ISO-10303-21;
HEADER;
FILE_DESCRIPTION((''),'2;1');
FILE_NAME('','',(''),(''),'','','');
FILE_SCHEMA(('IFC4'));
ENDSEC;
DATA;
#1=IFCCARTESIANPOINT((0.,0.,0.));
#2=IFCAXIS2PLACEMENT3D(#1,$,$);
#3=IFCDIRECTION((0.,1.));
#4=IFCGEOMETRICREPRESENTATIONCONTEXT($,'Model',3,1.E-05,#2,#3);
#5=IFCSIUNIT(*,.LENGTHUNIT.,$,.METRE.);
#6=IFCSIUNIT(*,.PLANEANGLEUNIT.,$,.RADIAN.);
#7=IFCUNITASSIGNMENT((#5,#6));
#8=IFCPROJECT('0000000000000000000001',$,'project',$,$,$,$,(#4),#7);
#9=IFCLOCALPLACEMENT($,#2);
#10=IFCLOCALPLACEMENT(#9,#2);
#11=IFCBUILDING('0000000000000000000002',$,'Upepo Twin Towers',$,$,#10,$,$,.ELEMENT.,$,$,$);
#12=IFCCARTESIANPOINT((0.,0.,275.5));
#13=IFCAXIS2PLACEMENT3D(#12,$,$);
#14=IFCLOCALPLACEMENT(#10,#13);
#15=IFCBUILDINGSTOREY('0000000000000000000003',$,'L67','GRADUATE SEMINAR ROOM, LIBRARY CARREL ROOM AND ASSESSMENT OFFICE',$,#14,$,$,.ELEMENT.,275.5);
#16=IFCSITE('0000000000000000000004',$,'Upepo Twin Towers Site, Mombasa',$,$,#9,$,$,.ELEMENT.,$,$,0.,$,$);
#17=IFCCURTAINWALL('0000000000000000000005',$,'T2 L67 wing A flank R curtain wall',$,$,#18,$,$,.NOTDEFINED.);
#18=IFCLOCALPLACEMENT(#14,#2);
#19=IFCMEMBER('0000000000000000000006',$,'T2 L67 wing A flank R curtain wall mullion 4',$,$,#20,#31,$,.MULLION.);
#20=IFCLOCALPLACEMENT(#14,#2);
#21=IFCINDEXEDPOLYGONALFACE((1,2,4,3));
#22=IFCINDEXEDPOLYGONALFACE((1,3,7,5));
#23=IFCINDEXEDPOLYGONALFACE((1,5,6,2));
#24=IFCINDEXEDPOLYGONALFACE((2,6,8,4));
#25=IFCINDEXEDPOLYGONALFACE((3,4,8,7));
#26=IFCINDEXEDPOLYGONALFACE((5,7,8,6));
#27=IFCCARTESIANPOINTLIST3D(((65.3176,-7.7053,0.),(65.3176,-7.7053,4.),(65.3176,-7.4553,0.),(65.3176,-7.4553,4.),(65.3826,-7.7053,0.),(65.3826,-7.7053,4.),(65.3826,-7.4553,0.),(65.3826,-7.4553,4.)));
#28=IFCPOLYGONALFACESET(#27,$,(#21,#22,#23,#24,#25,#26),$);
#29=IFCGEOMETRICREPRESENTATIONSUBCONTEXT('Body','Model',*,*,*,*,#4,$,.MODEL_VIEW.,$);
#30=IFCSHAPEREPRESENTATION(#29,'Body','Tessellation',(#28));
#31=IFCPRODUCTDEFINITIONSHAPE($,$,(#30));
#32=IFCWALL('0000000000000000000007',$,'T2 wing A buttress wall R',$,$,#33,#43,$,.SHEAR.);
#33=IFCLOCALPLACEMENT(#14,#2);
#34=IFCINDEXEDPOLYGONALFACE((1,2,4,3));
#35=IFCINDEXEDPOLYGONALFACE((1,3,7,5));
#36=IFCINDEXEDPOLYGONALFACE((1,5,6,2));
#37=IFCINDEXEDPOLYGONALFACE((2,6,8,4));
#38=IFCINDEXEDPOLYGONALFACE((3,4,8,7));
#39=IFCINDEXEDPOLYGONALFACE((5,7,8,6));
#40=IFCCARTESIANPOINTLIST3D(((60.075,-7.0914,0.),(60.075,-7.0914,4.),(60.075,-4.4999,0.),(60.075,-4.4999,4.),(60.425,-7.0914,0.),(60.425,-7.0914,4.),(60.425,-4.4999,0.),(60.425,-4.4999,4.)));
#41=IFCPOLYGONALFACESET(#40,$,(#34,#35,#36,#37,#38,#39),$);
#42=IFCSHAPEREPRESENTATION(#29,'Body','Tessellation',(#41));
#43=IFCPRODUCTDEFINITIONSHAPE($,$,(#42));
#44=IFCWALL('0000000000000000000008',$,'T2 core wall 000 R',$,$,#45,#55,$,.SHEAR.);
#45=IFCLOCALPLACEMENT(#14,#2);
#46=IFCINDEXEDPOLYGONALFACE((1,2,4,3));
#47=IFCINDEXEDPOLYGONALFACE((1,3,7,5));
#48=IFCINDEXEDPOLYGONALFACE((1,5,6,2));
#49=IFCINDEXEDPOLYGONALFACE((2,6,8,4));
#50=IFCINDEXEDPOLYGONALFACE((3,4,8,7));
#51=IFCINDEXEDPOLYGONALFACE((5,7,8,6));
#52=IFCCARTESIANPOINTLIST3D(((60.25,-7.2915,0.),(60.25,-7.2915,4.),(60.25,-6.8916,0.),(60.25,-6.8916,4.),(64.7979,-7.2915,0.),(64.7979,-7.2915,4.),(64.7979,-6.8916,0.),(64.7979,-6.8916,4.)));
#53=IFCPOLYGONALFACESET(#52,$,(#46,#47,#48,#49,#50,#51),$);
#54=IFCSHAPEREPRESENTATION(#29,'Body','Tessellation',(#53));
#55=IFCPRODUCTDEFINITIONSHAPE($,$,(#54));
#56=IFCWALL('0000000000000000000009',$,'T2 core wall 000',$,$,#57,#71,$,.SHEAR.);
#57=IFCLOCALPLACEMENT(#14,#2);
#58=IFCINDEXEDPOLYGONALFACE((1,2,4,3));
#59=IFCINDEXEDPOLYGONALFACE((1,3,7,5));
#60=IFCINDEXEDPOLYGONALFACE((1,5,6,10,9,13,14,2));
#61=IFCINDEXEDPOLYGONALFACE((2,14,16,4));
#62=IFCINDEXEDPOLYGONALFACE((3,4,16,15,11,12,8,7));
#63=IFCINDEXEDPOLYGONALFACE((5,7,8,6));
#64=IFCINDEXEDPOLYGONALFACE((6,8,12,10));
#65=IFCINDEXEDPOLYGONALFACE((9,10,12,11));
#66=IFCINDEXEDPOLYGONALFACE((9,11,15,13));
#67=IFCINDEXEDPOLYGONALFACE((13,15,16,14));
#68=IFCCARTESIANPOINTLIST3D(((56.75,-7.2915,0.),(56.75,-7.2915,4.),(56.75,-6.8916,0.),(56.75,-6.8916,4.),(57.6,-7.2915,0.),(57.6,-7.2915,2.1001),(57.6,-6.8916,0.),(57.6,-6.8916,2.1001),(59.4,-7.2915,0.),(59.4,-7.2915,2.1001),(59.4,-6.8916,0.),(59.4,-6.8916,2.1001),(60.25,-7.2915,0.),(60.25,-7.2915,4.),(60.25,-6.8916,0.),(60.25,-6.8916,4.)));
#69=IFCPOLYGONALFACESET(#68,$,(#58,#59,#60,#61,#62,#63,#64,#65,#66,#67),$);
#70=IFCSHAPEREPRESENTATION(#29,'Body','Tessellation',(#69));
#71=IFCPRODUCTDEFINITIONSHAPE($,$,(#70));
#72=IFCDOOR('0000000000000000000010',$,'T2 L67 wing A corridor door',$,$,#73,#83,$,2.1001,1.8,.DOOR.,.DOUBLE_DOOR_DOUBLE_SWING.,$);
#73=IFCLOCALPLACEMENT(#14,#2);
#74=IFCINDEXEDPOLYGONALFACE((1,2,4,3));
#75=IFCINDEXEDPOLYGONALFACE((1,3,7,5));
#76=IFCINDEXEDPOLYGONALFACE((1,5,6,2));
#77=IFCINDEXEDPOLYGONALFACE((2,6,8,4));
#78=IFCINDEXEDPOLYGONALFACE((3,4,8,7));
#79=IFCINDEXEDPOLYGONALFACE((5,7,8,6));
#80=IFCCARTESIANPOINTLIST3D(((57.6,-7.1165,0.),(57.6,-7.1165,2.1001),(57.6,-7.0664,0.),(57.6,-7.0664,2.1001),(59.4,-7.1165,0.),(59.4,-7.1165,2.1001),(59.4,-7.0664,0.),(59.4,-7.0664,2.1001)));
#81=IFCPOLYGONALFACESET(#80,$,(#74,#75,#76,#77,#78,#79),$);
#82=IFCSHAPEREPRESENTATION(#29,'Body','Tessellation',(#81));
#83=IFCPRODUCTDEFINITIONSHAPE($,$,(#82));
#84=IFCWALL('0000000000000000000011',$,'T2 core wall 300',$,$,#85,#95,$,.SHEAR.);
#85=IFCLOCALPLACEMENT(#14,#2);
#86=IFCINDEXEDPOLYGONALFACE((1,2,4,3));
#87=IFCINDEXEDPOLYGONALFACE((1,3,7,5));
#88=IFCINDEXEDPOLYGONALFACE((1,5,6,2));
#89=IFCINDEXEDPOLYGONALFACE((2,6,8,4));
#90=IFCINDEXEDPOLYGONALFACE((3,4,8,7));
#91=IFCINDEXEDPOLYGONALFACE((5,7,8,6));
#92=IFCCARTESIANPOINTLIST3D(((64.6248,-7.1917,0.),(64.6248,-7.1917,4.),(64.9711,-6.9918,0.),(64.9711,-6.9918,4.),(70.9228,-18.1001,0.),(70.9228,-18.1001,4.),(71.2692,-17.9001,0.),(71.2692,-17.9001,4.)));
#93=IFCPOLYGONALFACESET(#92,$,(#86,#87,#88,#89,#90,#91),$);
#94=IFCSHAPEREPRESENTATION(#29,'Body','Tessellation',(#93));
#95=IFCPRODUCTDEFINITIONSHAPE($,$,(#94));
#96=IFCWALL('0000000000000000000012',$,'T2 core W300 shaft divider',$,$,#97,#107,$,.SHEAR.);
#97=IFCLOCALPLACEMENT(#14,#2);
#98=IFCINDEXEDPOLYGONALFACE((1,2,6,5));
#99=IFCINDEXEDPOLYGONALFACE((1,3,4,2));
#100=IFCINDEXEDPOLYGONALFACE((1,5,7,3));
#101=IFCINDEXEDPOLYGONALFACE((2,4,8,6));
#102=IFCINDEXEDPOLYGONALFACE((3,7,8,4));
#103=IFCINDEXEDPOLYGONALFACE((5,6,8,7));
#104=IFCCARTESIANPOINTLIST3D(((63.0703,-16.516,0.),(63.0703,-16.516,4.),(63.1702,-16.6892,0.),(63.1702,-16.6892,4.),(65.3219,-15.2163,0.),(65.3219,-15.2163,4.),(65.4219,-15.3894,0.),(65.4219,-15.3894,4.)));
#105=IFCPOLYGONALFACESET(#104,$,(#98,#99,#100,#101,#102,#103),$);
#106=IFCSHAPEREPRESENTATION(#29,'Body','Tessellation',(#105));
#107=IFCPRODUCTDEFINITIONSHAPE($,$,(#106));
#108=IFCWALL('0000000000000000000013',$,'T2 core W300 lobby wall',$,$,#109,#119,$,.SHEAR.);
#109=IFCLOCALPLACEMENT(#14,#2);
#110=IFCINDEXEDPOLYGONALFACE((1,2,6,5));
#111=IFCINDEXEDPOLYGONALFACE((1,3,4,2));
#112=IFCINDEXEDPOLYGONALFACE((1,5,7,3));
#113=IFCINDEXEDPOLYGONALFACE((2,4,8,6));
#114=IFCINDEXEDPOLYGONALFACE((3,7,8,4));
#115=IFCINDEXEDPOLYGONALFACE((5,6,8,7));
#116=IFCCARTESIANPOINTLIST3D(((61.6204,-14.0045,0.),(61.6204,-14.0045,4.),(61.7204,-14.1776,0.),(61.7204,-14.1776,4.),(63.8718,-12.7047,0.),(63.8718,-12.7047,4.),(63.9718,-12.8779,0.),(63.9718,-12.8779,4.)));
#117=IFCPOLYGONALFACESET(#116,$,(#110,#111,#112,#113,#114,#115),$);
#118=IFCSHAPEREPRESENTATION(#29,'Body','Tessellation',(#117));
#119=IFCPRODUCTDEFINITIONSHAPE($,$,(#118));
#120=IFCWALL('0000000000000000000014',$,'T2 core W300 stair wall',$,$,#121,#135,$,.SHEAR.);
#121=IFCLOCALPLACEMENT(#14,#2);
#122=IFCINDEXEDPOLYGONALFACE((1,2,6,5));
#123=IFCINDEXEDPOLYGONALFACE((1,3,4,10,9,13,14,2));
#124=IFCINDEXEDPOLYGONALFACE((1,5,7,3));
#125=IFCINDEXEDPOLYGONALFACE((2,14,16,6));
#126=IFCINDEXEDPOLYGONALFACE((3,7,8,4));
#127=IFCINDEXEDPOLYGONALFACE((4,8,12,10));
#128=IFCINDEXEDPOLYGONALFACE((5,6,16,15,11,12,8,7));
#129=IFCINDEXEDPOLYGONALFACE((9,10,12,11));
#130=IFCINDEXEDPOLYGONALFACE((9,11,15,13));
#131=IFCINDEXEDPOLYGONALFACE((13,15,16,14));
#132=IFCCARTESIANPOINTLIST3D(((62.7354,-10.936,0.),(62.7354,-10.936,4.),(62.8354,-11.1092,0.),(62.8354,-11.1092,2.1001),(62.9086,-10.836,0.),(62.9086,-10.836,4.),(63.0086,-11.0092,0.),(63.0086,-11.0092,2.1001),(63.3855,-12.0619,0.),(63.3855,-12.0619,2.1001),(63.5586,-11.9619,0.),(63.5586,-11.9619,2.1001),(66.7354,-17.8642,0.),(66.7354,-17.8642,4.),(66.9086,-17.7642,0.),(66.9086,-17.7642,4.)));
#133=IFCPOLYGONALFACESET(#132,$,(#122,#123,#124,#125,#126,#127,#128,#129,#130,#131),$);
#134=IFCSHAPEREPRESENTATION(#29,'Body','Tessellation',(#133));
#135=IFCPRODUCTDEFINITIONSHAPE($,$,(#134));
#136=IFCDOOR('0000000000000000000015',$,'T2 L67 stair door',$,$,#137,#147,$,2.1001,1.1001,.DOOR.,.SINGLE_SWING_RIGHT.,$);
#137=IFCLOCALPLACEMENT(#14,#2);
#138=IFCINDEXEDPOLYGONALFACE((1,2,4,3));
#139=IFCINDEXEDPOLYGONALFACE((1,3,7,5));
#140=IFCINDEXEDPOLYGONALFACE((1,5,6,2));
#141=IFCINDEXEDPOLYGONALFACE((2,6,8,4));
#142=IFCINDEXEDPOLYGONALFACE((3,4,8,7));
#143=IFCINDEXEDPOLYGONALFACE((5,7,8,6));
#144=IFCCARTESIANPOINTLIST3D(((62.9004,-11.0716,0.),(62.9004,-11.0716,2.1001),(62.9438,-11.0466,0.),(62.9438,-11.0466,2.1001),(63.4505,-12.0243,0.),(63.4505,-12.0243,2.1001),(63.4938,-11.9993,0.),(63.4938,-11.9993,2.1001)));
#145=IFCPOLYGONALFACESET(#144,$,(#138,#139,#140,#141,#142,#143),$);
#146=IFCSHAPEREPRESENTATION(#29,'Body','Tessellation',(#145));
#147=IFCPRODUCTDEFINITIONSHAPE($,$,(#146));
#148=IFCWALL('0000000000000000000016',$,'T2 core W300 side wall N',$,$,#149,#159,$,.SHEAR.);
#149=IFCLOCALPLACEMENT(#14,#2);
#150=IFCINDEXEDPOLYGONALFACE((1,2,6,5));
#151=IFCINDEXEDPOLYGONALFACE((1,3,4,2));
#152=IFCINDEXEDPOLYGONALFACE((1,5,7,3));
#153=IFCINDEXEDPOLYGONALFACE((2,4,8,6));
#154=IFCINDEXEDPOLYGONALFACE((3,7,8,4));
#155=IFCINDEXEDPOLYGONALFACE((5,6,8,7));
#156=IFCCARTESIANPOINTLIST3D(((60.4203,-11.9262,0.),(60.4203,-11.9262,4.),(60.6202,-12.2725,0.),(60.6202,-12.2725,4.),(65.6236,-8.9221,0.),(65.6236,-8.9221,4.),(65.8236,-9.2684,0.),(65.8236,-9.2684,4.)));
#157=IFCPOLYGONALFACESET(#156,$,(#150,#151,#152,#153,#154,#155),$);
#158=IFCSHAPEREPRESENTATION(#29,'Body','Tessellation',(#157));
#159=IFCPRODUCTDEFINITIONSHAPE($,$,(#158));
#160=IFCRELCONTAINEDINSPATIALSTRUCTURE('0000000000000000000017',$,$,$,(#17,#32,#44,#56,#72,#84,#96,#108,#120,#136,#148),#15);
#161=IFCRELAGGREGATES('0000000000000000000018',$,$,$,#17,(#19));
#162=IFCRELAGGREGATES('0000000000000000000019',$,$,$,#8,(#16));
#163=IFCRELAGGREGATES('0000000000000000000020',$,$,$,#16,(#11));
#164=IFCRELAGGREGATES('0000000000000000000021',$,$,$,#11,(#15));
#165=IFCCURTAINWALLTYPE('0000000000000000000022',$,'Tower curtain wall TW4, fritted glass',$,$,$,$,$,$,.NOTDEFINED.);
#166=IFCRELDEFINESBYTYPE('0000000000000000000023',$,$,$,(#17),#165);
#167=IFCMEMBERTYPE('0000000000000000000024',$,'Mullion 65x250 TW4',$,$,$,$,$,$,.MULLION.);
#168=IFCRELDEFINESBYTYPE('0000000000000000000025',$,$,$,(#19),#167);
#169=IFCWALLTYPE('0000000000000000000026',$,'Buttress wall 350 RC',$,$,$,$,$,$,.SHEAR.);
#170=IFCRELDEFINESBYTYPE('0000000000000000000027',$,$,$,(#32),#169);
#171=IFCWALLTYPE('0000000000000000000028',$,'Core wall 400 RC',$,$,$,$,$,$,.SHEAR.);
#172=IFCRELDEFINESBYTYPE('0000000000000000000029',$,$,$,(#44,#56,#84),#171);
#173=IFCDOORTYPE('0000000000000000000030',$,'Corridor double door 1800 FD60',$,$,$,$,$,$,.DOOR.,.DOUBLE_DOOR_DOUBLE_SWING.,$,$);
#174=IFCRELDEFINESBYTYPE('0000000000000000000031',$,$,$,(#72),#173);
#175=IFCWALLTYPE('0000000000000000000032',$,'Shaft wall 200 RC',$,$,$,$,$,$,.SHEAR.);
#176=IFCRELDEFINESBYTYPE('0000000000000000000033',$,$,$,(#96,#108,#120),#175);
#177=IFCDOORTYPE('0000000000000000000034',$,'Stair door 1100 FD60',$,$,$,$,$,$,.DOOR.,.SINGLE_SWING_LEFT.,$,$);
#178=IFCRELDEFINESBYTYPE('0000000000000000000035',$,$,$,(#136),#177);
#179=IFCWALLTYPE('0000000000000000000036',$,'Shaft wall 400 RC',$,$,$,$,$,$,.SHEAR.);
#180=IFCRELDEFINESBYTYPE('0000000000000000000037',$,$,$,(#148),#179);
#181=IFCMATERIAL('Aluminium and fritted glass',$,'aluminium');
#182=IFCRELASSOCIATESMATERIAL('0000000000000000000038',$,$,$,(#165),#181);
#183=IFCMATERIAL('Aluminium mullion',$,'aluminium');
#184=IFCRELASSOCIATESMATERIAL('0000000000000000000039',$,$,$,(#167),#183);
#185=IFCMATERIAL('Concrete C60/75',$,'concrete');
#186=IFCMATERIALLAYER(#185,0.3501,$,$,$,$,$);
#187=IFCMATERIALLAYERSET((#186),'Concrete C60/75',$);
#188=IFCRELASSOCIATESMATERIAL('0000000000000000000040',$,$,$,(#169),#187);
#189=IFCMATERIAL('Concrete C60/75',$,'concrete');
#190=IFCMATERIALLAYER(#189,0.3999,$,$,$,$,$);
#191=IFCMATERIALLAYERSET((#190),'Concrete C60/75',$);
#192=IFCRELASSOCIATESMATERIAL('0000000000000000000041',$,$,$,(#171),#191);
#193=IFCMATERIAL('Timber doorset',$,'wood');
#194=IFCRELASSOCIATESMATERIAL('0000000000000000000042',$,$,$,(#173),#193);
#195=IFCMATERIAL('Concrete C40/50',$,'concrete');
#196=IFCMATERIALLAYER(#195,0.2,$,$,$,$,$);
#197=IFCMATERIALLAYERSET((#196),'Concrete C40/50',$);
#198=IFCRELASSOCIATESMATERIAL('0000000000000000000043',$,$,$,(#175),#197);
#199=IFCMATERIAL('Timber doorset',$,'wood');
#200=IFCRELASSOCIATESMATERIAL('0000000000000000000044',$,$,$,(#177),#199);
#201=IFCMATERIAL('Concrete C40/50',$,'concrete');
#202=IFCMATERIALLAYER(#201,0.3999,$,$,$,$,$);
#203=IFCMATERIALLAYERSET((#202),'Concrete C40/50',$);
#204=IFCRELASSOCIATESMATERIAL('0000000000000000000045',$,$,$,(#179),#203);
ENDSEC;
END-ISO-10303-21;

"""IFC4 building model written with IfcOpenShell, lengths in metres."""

from ifc_helpers import new_model, si_unit, direction, frame, frame_2d, origin, origin_2d, place, context, subcontext, project, spatial, rectangle, extrude, material, layer, layer_set, material_profile, profile_set, type_object, element, fill, aggregate, save


model = new_model("IFC4")

# Units and contexts
model_context = context("Model", 3, precision=1e-05, world=origin(), true_north=direction((0.0, 1.0)))
body_context = subcontext(model_context, "Body", "Model", "MODEL_VIEW")
ifc_project = project(units=[si_unit("LENGTHUNIT", "METRE"), si_unit("PLANEANGLEUNIT", "RADIAN")], contexts=[model_context])

# Site, building, storey
site_placement = place(None, origin())
site = spatial("IfcSite", under=ifc_project, at=site_placement, Name="Upepo Twin Towers Site, Mombasa", CompositionType="ELEMENT", RefElevation=0.0)
building_placement = place(site_placement, origin())
building = spatial("IfcBuilding", under=site, at=building_placement, Name="Upepo Twin Towers", CompositionType="ELEMENT")
storey_placement = place(building_placement, frame((0.0, 0.0, 275.5)))
storey = spatial("IfcBuildingStorey", under=building, at=storey_placement, Name="L67", Description="GRADUATE SEMINAR ROOM, LIBRARY CARREL ROOM AND ASSESSMENT OFFICE", CompositionType="ELEMENT", Elevation=275.5)

# Curtain wall, member
ifc_material_1 = material(Name="Aluminium and fritted glass", Category="aluminium")
curtain_wall_type = type_object("IfcCurtainWallType", Name="Tower curtain wall TW4, fritted glass", PredefinedType="NOTDEFINED", material=ifc_material_1)
curtain_wall_placement = place(storey_placement, origin())
curtain_wall = element("IfcCurtainWall", 1, at=curtain_wall_placement, inside=storey, type_object=curtain_wall_type, Name="T2 L67 wing A flank R curtain wall", PredefinedType="NOTDEFINED")
ifc_material_2 = material(Name="Aluminium mullion", Category="aluminium")
ifc_material_profile = material_profile(ifc_material_2, rectangle(XDim=0.0649, YDim=0.25, at=origin_2d()), Name="MULLION 65x250")
ifc_profile_set = profile_set([ifc_material_profile], Name="Aluminium mullion")
member_type = type_object("IfcMemberType", Name="Mullion 65x250 TW4", PredefinedType="MULLION", material=ifc_profile_set)
member_placement = place(storey_placement, frame((65.3501, -7.5803, 0.0), z_axis=(0.0, 0.0, 1.0), x_axis=(1.0, 0.0, 0.0)))
member = element("IfcMember", 2, at=member_placement, type_object=member_type, Name="T2 L67 wing A flank R curtain wall mullion 4", PredefinedType="MULLION", context=body_context, shape_type="SweptSolid", body=[
    extrude(rectangle(XDim=0.0649, YDim=0.25, at=origin_2d()), origin(), (0.0, 0.0, 1.0), 4.0),
])
aggregate(curtain_wall, [member])

# Walls
ifc_material_3 = material(Name="Concrete C60/75", Category="concrete")
ifc_layer_1 = layer(ifc_material_3, 0.3501)
ifc_layer_set_1 = layer_set([ifc_layer_1], Name="Concrete C60/75")
wall_type_1 = type_object("IfcWallType", Name="Buttress wall 350 RC", PredefinedType="SHEAR", material=ifc_layer_set_1)
wall_1_placement = place(storey_placement, frame((60.25, -7.0916, 0.0), z_axis=(0.0, 0.0, 1.0), x_axis=(0.0, 1.0, 0.0)))
element("IfcWall", 3, at=wall_1_placement, inside=storey, type_object=wall_type_1, Name="T2 wing A buttress wall R", PredefinedType="SHEAR", context=body_context, shape_type="SweptSolid", body=[
    extrude(rectangle(XDim=2.5916, YDim=0.3501, at=frame_2d((1.2959, 0.0))), origin(), (0.0, 0.0, 1.0), 4.0),
])
ifc_material_4 = material(Name="Concrete C60/75", Category="concrete")
ifc_layer_2 = layer(ifc_material_4, 0.3999)
ifc_layer_set_2 = layer_set([ifc_layer_2], Name="Concrete C60/75")
wall_type_2 = type_object("IfcWallType", Name="Core wall 400 RC", PredefinedType="SHEAR", material=ifc_layer_set_2)
wall_2_placement = place(storey_placement, frame((64.7979, -7.0916, 0.0), z_axis=(0.0, 0.0, 1.0), x_axis=(-1.0, 0.0, 0.0)))
element("IfcWall", 4, at=wall_2_placement, inside=storey, type_object=wall_type_2, Name="T2 core wall 000 R", PredefinedType="SHEAR", context=body_context, shape_type="SweptSolid", body=[
    extrude(rectangle(XDim=4.5479, YDim=0.3999, at=frame_2d((2.2739, 0.0))), origin(), (0.0, 0.0, 1.0), 4.0),
])

# Wall, opening, door
wall_3_placement = place(storey_placement, frame((60.25, -7.0916, 0.0), z_axis=(0.0, 0.0, 1.0), x_axis=(-1.0, 0.0, 0.0)))
wall_3 = element("IfcWall", 5, at=wall_3_placement, inside=storey, type_object=wall_type_2, Name="T2 core wall 000", PredefinedType="SHEAR", context=body_context, shape_type="SweptSolid", body=[
    extrude(rectangle(XDim=3.5, YDim=0.3999, at=frame_2d((1.75, 0.0))), origin(), (0.0, 0.0, 1.0), 4.0),
])
opening_1_placement = place(wall_3_placement, frame((0.8501, 0.0, 0.0)))
opening_1 = element("IfcOpeningElement", 6, at=opening_1_placement, cuts=wall_3, PredefinedType="OPENING", context=body_context, shape_type="SweptSolid", body=[
    extrude(rectangle(XDim=1.8, YDim=2.1001, at=frame_2d((0.8999, 1.05))), frame((0.0, 0.21, 0.0), z_axis=(0.0, -1.0, 0.0), x_axis=(1.0, 0.0, 0.0)), (0.0, 0.0, 1.0), 0.4199),
])
ifc_material_5 = material(Name="Timber doorset", Category="wood")
door_type_1 = type_object("IfcDoorType", Name="Corridor double door 1800 FD60", OperationType="DOUBLE_DOOR_DOUBLE_SWING", PredefinedType="DOOR", material=ifc_material_5)
door_1_placement = place(opening_1_placement, origin())
door_1 = element("IfcDoor", 7, at=door_1_placement, inside=storey, type_object=door_type_1, Name="T2 L67 wing A corridor door", OperationType="DOUBLE_DOOR_DOUBLE_SWING", OverallHeight=2.1001, OverallWidth=1.8, PredefinedType="DOOR", context=body_context, shape_type="SweptSolid", body=[
    extrude(rectangle(XDim=1.8, YDim=2.1001, at=frame_2d((0.8999, 1.05))), frame((0.0, 0.0249, 0.0), z_axis=(0.0, -1.0, 0.0), x_axis=(1.0, 0.0, 0.0)), (0.0, 0.0, 1.0), 0.05),
])
fill(opening_1, door_1)

# Walls
wall_4_placement = place(storey_placement, frame((71.0959, -18.0, 0.0), z_axis=(0.0, 0.0, 1.0), x_axis=(-0.500006, 0.866022, 0.0)))
element("IfcWall", 8, at=wall_4_placement, inside=storey, type_object=wall_type_2, Name="T2 core wall 300", PredefinedType="SHEAR", context=body_context, shape_type="SweptSolid", body=[
    extrude(rectangle(XDim=12.5959, YDim=0.3999, at=frame_2d((6.2979, 0.0))), origin(), (0.0, 0.0, 1.0), 4.0),
])
ifc_material_6 = material(Name="Concrete C40/50", Category="concrete")
ifc_layer_3 = layer(ifc_material_6, 0.2)
ifc_layer_set_3 = layer_set([ifc_layer_3], Name="Concrete C40/50")
wall_type_3 = type_object("IfcWallType", Name="Shaft wall 200 RC", PredefinedType="SHEAR", material=ifc_layer_set_3)
wall_5_placement = place(storey_placement, frame((63.1204, -16.6025, 0.0), z_axis=(0.0, 0.0, 1.0), x_axis=(0.866062, 0.499937, 0.0)))
element("IfcWall", 9, at=wall_5_placement, inside=storey, type_object=wall_type_3, Name="T2 core W300 shaft divider", PredefinedType="SHEAR", context=body_context, shape_type="SweptSolid", body=[
    extrude(rectangle(XDim=2.5999, YDim=0.2, at=frame_2d((1.2998, 0.0))), origin(), (0.0, 0.0, 1.0), 4.0),
])
wall_6_placement = place(storey_placement, frame((61.6704, -14.0911, 0.0), z_axis=(0.0, 0.0, 1.0), x_axis=(0.866039, 0.499977, 0.0)))
element("IfcWall", 10, at=wall_6_placement, inside=storey, type_object=wall_type_3, Name="T2 core W300 lobby wall", PredefinedType="SHEAR", context=body_context, shape_type="SweptSolid", body=[
    extrude(rectangle(XDim=2.5996, YDim=0.2, at=frame_2d((1.2998, 0.0))), origin(), (0.0, 0.0, 1.0), 4.0),
])

# Wall, opening, door
wall_7_placement = place(storey_placement, frame((66.822, -17.8142, 0.0), z_axis=(0.0, 0.0, 1.0), x_axis=(-0.499999, 0.866026, 0.0)))
wall_7 = element("IfcWall", 11, at=wall_7_placement, inside=storey, type_object=wall_type_3, Name="T2 core W300 stair wall", PredefinedType="SHEAR", context=body_context, shape_type="SweptSolid", body=[
    extrude(rectangle(XDim=8.0, YDim=0.2, at=frame_2d((4.0, 0.0))), origin(), (0.0, 0.0, 1.0), 4.0),
])
opening_2_placement = place(wall_7_placement, frame((6.7, 0.0, 0.0)))
opening_2 = element("IfcOpeningElement", 12, at=opening_2_placement, cuts=wall_7, PredefinedType="OPENING", context=body_context, shape_type="SweptSolid", body=[
    extrude(rectangle(XDim=1.1001, YDim=2.1001, at=frame_2d((0.55, 1.05))), frame((0.0, 0.1099, 0.0), z_axis=(0.0, -1.0, 0.0), x_axis=(1.0, 0.0, 0.0)), (0.0, 0.0, 1.0), 0.22),
])
ifc_material_7 = material(Name="Timber doorset", Category="wood")
door_type_2 = type_object("IfcDoorType", Name="Stair door 1100 FD60", OperationType="SINGLE_SWING_LEFT", PredefinedType="DOOR", material=ifc_material_7)
door_2_placement = place(opening_2_placement, origin())
door_2 = element("IfcDoor", 13, at=door_2_placement, inside=storey, type_object=door_type_2, Name="T2 L67 stair door", OperationType="SINGLE_SWING_RIGHT", OverallHeight=2.1001, OverallWidth=1.1001, PredefinedType="DOOR", context=body_context, shape_type="SweptSolid", body=[
    extrude(rectangle(XDim=1.1001, YDim=2.1001, at=frame_2d((0.55, 1.05))), frame((0.0, 0.0249, 0.0), z_axis=(0.0, -1.0, 0.0), x_axis=(1.0, 0.0, 0.0)), (0.0, 0.0, 1.0), 0.05),
])
fill(opening_2, door_2)

# Wall
ifc_material_8 = material(Name="Concrete C40/50", Category="concrete")
ifc_layer_4 = layer(ifc_material_8, 0.3999)
ifc_layer_set_4 = layer_set([ifc_layer_4], Name="Concrete C40/50")
wall_type_4 = type_object("IfcWallType", Name="Shaft wall 400 RC", PredefinedType="SHEAR", material=ifc_layer_set_4)
wall_8_placement = place(storey_placement, frame((60.5203, -12.0994, 0.0), z_axis=(0.0, 0.0, 1.0), x_axis=(0.866027, 0.499998, 0.0)))
element("IfcWall", 14, at=wall_8_placement, inside=storey, type_object=wall_type_4, Name="T2 core W300 side wall N", PredefinedType="SHEAR", context=body_context, shape_type="SweptSolid", body=[
    extrude(rectangle(XDim=6.0083, YDim=0.3999, at=frame_2d((3.0042, 0.0))), origin(), (0.0, 0.0, 1.0), 4.0),
])

save(model, "model.ifc")
